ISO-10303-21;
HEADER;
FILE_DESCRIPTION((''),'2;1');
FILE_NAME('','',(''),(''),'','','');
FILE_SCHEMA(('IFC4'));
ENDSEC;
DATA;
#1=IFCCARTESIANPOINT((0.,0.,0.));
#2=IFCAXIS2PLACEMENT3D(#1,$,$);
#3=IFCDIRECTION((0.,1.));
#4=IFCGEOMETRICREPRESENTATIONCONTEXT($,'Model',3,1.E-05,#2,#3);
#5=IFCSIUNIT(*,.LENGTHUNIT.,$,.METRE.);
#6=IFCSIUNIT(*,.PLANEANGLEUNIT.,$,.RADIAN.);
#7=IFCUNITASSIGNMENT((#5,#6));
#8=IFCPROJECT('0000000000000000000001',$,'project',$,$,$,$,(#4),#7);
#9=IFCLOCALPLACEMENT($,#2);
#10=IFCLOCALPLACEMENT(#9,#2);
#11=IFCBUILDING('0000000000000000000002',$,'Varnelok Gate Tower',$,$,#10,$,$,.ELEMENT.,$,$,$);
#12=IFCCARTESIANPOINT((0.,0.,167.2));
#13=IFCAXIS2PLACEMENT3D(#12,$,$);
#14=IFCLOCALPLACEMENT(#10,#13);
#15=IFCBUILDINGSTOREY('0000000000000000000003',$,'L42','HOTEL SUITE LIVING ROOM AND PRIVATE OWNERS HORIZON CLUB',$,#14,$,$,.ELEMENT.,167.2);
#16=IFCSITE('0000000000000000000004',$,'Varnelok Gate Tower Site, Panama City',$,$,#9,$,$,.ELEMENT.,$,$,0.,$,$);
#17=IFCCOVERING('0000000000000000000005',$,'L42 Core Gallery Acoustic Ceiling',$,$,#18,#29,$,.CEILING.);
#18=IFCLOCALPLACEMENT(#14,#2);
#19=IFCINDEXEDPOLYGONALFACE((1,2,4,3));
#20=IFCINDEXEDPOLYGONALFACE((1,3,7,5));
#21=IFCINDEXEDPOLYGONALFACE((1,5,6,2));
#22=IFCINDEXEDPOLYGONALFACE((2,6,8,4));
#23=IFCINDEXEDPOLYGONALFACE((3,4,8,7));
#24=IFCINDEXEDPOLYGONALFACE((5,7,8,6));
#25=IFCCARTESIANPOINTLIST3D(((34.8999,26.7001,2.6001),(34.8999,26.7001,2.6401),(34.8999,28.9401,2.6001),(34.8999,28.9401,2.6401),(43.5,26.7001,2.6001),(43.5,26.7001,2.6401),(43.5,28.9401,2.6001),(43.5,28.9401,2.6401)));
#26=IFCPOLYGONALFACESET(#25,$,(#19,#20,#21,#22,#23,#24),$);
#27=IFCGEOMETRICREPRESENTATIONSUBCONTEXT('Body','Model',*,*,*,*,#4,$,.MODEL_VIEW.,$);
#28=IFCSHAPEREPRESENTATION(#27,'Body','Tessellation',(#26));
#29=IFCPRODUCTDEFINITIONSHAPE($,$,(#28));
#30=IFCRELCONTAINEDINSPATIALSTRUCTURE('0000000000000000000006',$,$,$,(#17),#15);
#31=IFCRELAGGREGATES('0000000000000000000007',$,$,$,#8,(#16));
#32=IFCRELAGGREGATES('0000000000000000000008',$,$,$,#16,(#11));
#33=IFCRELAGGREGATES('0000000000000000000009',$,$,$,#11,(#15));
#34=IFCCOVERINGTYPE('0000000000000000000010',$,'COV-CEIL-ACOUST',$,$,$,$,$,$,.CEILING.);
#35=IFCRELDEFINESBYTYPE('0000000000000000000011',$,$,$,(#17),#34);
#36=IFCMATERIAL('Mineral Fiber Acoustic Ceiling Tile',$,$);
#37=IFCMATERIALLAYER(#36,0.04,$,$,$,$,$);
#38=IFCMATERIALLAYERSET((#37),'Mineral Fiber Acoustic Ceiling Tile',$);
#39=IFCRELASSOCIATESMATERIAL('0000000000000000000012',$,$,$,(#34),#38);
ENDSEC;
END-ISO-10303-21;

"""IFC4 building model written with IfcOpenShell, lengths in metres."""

from ifc_helpers import new_model, si_unit, direction, frame, origin, origin_2d, place, context, subcontext, project, spatial, rectangle, extrude, source, transform, mapped, material, layer, layer_set, type_object, element, save


model = new_model("IFC4")

# Units and contexts
model_context = context("Model", 3, precision=1e-05, world=origin(), true_north=direction((0.0, 1.0)))
body_context = subcontext(model_context, "Body", "Model", "MODEL_VIEW")
ifc_project = project(units=[si_unit("LENGTHUNIT", "METRE"), si_unit("PLANEANGLEUNIT", "RADIAN")], contexts=[model_context])

# Site, building, storey
site_placement = place(None, origin())
site = spatial("IfcSite", under=ifc_project, at=site_placement, Name="Varnelok Gate Tower Site, Panama City", CompositionType="ELEMENT", RefElevation=0.0)
building_placement = place(site_placement, origin())
building = spatial("IfcBuilding", under=site, at=building_placement, Name="Varnelok Gate Tower", CompositionType="ELEMENT")
storey_placement = place(building_placement, frame((0.0, 0.0, 167.2)))
storey = spatial("IfcBuildingStorey", under=building, at=storey_placement, Name="L42", Description="HOTEL SUITE LIVING ROOM AND PRIVATE OWNERS HORIZON CLUB", CompositionType="ELEMENT", Elevation=167.2)

# Covering
ifc_material_1 = material(Name="Mineral Fiber Acoustic Ceiling Tile")
ifc_layer_1 = layer(ifc_material_1, 0.04)
ifc_layer_set_1 = layer_set([ifc_layer_1], Name="Mineral Fiber Acoustic Ceiling Tile")
covering_type_1 = type_object("IfcCoveringType", Name="COV-CEIL-ACOUST", PredefinedType="CEILING", material=ifc_layer_set_1)
shared_shape_1 = source(origin(), body_context, "Body", "SweptSolid", [
    extrude(rectangle(XDim=8.6001, YDim=2.24, at=origin_2d()), origin(), (0.0, 0.0, 1.0), 0.04),
])
covering_1_placement = place(storey_placement, frame((39.2, 27.8201, 2.6001), z_axis=(0.0, 0.0, 1.0), x_axis=(1.0, 0.0, 0.0)))
element("IfcCovering", 1, at=covering_1_placement, inside=storey, type_object=covering_type_1, Name="L42 Core Gallery Acoustic Ceiling", PredefinedType="CEILING", context=body_context, shape_type="MappedRepresentation", body=[
    mapped(shared_shape_1, transform((0.0, 0.0, 0.0), scale=1.0)),
])

save(model, "model.ifc")
